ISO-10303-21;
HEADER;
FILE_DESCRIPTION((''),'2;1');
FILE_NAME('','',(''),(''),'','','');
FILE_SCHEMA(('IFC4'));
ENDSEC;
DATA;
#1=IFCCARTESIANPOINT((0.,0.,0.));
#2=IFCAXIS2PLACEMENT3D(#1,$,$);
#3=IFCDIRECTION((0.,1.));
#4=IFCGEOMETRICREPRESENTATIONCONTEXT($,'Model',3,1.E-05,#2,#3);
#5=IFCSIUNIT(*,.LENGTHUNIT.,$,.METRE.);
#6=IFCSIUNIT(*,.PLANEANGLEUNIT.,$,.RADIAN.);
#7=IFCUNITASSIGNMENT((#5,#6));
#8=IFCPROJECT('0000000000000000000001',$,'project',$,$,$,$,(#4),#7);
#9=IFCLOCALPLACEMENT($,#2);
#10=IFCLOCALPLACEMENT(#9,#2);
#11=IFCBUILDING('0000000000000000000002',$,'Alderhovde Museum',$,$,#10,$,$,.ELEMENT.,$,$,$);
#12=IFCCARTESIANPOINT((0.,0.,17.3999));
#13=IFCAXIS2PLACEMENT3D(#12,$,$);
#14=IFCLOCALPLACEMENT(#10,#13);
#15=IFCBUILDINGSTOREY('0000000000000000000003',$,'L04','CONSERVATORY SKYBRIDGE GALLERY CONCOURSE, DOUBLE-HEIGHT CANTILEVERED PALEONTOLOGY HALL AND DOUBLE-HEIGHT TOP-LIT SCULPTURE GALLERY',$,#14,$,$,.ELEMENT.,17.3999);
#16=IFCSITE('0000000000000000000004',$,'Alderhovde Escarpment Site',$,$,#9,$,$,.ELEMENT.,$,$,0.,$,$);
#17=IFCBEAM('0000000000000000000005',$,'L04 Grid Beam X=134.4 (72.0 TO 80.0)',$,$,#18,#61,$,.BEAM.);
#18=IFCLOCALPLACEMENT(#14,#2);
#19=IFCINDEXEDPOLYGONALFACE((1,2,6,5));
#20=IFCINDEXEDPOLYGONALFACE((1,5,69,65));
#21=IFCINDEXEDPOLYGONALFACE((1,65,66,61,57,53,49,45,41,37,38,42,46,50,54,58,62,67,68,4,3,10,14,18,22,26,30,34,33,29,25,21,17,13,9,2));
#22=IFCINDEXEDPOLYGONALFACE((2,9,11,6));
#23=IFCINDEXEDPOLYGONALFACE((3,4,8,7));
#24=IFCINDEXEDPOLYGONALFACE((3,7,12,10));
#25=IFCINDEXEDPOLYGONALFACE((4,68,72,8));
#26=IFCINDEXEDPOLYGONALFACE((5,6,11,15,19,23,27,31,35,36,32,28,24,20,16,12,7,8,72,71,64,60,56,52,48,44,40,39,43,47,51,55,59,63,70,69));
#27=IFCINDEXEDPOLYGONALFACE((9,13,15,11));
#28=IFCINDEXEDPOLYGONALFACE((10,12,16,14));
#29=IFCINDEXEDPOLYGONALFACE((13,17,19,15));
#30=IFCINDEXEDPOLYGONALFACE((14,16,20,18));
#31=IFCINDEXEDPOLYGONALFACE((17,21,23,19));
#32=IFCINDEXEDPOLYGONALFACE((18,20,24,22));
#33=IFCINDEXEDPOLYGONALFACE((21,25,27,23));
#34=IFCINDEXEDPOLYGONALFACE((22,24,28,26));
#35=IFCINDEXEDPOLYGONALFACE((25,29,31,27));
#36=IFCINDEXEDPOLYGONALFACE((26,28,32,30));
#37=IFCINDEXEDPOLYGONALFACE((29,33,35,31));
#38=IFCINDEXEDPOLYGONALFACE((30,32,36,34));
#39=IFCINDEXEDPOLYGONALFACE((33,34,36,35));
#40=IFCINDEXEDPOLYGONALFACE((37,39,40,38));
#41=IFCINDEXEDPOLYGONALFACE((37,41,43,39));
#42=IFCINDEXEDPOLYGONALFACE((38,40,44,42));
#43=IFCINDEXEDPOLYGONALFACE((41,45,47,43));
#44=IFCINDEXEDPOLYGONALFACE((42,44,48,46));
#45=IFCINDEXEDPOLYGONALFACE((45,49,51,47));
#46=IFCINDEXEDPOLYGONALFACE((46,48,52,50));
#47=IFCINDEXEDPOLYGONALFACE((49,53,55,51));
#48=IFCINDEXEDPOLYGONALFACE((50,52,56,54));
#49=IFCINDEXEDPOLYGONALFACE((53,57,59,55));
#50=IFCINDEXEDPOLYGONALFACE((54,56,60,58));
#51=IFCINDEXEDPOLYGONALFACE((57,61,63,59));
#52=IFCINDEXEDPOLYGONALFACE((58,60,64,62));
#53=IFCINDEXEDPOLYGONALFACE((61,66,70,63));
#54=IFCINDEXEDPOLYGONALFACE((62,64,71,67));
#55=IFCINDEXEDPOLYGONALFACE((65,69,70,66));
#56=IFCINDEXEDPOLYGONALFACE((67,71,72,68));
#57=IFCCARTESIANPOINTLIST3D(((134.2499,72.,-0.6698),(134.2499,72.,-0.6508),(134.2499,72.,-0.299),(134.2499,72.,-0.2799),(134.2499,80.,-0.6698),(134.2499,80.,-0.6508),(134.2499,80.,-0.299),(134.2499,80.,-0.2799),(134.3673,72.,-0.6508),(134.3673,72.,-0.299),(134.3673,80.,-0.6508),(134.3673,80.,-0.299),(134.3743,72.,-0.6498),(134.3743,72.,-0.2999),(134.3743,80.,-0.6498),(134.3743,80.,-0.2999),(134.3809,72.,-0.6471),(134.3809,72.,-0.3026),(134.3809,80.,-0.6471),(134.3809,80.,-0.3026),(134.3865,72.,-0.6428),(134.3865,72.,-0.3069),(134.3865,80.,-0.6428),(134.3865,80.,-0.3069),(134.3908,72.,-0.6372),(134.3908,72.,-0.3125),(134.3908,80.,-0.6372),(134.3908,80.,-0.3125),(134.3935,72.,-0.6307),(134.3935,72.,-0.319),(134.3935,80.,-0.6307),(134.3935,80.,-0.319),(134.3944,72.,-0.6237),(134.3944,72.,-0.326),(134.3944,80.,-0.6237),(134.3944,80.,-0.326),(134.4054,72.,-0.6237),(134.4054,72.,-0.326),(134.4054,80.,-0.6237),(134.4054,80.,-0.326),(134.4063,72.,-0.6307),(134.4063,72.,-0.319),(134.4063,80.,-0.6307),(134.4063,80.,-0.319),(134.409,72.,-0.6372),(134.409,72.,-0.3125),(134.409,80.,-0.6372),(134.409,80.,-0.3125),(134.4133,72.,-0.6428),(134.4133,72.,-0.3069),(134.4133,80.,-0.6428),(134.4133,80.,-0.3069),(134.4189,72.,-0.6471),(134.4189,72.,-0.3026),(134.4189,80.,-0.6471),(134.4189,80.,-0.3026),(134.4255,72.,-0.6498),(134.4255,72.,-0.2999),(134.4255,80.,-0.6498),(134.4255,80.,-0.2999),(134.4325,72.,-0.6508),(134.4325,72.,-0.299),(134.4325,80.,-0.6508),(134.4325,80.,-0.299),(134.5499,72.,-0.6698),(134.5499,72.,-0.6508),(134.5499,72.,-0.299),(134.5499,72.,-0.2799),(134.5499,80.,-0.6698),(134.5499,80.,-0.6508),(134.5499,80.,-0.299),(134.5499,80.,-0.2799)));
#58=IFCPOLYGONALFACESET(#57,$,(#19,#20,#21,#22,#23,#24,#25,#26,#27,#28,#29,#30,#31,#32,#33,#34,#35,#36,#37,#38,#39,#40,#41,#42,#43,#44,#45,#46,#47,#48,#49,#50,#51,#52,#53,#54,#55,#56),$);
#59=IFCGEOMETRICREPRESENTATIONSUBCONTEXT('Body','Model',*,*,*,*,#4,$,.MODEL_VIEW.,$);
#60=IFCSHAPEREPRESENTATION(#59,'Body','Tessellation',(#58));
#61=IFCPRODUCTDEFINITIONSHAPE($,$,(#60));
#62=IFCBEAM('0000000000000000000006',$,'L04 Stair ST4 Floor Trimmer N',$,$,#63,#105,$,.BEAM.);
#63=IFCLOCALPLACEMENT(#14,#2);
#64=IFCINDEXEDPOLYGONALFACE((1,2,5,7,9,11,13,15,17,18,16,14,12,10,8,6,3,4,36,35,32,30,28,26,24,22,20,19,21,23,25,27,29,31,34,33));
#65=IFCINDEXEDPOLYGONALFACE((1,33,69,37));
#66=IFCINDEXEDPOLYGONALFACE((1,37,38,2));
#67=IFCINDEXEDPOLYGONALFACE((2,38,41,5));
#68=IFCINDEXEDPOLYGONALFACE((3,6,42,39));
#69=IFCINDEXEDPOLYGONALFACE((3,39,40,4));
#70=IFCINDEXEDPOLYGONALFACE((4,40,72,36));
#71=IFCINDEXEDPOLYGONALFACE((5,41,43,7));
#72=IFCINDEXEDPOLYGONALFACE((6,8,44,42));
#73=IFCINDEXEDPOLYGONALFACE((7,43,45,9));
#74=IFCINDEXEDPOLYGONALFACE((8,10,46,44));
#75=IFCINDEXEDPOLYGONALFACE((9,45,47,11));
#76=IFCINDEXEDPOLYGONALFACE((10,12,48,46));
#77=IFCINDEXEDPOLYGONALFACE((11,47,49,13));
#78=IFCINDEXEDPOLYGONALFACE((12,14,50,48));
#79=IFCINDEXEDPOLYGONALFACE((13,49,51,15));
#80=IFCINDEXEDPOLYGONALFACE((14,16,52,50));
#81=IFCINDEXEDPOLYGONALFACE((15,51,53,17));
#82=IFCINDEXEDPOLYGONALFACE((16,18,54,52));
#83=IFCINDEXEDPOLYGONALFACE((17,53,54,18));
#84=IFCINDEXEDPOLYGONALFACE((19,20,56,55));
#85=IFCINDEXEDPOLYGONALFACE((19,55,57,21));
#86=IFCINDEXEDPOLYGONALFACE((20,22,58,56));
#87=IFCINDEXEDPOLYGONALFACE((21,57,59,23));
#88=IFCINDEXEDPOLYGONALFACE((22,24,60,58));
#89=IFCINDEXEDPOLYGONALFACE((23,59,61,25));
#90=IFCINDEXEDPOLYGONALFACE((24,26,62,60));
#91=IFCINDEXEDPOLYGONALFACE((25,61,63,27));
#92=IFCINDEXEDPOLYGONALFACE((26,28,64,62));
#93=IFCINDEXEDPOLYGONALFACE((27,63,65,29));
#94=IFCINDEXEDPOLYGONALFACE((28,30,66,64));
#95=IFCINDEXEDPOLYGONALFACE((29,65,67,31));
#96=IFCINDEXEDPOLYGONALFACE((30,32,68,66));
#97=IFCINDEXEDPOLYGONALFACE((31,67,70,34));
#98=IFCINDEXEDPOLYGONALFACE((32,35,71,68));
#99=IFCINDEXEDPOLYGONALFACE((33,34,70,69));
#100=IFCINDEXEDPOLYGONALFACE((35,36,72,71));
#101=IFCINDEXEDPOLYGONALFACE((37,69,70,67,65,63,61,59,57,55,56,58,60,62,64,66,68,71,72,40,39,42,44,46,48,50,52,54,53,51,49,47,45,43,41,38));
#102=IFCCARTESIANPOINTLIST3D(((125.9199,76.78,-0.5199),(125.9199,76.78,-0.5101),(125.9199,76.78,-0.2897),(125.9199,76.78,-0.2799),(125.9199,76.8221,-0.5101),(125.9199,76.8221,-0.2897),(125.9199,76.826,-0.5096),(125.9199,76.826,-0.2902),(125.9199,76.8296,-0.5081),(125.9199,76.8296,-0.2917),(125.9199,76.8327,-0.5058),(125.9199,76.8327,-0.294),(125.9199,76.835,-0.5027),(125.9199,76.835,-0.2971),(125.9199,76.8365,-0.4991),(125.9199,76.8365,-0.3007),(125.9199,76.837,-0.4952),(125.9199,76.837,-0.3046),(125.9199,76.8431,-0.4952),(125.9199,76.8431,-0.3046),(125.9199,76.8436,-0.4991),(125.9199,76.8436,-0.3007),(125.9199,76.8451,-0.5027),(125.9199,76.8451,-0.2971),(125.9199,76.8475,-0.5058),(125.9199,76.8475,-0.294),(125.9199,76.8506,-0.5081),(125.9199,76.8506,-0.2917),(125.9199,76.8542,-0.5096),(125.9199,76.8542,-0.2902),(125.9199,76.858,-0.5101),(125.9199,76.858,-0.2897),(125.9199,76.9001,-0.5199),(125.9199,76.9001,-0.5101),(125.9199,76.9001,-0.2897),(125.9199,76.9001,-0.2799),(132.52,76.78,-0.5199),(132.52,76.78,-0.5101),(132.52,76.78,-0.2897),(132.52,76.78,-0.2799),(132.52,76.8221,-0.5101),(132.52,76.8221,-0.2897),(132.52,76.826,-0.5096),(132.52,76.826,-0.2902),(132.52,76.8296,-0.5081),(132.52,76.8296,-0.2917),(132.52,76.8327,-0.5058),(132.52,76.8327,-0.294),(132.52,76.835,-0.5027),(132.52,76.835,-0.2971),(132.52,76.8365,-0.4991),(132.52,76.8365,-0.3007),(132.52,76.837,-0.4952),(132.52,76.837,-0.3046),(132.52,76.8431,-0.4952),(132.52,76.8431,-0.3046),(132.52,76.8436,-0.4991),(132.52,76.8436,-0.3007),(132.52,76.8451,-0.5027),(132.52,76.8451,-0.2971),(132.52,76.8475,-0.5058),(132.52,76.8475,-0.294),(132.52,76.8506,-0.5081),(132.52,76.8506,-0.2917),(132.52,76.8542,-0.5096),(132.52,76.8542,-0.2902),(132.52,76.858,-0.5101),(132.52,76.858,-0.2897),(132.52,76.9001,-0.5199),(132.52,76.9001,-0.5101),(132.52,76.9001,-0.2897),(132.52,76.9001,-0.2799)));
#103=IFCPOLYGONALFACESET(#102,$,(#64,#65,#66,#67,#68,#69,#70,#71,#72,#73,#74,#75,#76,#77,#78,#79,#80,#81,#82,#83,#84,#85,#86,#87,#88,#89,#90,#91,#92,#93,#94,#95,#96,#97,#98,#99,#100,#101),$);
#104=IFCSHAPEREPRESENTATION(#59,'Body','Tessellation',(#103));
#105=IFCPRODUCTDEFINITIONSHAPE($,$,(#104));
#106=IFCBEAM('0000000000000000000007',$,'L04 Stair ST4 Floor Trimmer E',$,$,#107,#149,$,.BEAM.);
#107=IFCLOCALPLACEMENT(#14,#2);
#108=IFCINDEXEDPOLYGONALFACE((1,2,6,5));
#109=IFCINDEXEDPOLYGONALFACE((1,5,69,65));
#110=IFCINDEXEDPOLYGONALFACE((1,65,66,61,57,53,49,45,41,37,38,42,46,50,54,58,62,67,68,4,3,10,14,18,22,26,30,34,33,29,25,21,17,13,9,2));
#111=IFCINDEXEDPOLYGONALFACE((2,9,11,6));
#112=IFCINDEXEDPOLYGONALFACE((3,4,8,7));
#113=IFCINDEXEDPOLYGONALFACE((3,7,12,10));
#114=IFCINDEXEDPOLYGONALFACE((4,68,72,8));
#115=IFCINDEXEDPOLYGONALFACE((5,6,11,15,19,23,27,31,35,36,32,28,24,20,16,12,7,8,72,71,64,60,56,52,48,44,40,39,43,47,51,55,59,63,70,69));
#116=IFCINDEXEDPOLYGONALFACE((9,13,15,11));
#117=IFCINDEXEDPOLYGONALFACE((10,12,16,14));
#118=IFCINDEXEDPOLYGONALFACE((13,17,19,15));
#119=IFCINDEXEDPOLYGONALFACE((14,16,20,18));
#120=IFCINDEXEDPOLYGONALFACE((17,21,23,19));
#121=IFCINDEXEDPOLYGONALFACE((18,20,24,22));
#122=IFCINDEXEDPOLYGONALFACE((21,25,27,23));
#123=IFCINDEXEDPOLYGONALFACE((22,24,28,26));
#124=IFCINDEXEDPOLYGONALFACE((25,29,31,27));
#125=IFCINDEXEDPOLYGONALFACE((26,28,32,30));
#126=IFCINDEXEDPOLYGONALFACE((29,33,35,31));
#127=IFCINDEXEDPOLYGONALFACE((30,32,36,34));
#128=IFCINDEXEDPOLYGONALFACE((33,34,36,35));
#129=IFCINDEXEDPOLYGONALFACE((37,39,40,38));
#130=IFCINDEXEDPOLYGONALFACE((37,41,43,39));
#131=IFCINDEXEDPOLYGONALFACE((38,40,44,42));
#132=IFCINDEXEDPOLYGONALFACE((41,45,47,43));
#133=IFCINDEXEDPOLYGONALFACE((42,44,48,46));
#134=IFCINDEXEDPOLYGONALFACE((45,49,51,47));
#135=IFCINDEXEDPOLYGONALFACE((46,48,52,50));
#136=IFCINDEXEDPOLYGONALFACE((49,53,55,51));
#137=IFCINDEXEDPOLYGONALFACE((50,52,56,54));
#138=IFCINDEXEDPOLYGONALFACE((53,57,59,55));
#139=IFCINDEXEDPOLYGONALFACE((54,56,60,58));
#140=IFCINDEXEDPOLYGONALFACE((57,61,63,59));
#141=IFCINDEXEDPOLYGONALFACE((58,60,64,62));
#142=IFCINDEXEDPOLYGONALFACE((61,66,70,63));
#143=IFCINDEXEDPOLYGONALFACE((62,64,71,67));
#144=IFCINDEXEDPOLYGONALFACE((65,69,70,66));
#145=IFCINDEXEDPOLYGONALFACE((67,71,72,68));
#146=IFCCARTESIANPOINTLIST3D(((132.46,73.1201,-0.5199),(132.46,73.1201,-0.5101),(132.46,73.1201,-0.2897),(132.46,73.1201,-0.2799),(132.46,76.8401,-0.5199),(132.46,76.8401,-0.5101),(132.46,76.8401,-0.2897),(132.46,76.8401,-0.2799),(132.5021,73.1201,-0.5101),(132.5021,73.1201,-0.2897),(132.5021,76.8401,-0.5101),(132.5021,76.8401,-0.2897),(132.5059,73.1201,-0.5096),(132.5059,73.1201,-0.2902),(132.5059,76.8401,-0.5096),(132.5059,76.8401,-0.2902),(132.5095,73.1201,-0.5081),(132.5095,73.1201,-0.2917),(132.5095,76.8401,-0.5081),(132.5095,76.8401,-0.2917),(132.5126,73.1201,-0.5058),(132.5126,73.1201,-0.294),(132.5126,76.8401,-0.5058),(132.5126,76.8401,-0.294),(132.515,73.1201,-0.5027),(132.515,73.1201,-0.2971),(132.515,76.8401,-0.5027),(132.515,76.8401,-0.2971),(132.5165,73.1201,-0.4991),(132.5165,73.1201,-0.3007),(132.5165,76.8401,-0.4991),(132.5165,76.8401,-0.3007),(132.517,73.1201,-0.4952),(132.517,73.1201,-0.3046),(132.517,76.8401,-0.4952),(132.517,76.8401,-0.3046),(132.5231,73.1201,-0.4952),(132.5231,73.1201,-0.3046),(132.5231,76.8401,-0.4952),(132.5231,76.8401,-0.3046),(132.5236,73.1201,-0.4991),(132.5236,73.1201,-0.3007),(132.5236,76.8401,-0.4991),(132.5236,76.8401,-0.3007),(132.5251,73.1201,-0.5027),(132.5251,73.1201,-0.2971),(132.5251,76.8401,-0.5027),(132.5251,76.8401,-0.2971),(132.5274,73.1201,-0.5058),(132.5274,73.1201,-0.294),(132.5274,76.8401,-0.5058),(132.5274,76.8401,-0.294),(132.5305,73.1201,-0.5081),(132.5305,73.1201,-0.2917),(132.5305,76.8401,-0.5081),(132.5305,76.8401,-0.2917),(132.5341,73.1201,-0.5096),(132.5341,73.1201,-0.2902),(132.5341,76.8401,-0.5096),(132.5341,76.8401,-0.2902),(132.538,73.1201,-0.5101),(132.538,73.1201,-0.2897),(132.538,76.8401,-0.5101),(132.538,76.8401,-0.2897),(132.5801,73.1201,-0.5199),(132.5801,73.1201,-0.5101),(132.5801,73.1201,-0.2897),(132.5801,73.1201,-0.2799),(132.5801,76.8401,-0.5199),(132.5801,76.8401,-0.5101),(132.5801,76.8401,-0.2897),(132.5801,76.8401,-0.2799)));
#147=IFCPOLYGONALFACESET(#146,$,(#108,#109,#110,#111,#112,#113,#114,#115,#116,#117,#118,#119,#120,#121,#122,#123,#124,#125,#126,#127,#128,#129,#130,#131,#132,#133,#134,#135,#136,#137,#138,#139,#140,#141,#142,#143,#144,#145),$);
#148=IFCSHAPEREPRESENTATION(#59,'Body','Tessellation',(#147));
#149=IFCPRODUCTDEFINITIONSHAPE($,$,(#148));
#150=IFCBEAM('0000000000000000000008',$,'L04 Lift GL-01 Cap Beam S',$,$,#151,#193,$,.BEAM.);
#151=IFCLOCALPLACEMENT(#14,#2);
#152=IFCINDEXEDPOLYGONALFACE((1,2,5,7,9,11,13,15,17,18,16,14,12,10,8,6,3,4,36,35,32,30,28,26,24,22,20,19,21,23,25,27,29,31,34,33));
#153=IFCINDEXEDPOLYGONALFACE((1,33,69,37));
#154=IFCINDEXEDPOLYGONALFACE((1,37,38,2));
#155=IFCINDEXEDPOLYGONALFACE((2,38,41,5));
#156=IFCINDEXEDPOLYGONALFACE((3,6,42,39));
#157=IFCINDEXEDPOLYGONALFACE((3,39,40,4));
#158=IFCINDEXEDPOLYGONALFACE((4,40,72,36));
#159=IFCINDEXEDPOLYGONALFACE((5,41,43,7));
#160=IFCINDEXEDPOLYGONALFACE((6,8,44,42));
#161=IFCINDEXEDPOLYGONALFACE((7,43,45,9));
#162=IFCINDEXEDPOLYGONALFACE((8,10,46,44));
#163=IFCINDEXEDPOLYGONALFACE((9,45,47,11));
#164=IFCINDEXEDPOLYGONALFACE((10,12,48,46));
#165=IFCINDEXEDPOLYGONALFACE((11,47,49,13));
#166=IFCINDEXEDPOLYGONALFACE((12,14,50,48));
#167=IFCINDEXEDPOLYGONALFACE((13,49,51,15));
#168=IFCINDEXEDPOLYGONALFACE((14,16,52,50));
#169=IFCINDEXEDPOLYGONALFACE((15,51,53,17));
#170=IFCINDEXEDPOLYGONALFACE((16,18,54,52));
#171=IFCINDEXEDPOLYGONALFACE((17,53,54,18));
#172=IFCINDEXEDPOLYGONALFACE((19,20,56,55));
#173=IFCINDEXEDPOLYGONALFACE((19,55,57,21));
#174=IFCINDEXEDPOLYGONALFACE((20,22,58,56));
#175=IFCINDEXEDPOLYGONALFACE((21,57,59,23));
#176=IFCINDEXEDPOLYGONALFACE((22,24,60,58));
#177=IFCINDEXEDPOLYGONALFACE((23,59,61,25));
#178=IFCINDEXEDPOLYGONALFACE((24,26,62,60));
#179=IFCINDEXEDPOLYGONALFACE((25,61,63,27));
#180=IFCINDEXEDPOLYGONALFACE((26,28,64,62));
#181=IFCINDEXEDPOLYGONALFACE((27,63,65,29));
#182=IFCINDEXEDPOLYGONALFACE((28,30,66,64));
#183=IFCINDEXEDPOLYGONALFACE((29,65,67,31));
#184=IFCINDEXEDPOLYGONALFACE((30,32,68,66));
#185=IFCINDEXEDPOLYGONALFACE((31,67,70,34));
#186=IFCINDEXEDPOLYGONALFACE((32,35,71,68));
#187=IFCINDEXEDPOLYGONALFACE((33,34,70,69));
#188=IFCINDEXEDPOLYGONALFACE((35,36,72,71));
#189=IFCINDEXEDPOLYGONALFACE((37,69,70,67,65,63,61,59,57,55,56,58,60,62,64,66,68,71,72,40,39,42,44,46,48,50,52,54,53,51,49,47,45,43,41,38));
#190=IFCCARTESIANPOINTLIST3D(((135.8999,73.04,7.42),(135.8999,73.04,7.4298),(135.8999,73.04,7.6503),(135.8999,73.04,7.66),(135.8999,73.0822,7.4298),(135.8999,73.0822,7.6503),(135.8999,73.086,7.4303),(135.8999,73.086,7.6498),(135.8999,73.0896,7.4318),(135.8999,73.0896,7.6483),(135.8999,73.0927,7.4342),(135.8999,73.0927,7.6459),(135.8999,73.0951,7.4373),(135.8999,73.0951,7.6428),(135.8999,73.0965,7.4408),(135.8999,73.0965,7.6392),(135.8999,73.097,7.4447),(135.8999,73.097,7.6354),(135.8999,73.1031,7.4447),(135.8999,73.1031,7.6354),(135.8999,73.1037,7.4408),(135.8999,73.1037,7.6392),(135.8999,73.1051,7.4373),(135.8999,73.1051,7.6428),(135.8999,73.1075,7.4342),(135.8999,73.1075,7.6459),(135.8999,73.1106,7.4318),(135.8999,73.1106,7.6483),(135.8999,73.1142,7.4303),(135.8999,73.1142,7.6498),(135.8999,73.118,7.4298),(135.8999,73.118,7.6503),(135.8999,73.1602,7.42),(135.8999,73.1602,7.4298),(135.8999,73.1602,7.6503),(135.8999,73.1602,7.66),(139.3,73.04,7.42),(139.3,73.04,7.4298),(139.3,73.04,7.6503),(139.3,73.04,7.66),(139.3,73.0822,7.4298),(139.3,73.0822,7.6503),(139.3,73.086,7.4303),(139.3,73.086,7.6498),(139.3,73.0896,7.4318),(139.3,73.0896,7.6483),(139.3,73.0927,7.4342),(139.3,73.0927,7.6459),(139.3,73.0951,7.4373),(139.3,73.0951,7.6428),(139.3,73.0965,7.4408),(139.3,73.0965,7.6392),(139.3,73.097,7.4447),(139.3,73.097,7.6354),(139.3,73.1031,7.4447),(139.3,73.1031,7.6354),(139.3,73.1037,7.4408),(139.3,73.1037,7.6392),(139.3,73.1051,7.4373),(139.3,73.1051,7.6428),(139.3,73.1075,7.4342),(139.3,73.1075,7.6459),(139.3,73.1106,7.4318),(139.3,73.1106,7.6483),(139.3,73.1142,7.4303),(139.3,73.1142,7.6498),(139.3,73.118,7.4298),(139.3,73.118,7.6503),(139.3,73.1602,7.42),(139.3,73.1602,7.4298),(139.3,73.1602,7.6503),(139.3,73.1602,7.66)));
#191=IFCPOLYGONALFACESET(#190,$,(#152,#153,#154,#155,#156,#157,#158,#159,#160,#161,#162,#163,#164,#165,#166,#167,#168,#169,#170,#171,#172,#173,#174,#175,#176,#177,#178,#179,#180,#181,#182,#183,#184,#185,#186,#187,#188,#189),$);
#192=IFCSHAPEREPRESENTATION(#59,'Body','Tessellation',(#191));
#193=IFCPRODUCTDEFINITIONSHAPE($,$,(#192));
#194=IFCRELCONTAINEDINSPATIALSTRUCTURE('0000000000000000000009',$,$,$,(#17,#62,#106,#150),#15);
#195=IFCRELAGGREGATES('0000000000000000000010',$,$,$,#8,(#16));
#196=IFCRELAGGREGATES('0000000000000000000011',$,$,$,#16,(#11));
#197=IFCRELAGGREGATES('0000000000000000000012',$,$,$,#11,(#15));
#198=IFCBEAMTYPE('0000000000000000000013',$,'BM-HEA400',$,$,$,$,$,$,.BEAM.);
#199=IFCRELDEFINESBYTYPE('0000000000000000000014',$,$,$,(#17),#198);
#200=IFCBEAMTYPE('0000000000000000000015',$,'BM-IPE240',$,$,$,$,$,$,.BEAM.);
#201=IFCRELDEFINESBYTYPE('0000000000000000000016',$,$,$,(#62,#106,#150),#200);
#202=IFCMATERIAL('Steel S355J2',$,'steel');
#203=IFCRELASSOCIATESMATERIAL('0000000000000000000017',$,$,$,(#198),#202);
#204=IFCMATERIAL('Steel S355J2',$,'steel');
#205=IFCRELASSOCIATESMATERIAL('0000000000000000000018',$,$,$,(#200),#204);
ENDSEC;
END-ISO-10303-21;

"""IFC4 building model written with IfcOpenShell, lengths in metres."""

from ifc_helpers import new_model, si_unit, direction, frame, origin, origin_2d, place, context, subcontext, project, spatial, i_section, extrude, material, material_profile, profile_set, type_object, element, save


model = new_model("IFC4")

# Units and contexts
model_context = context("Model", 3, precision=1e-05, world=origin(), true_north=direction((0.0, 1.0)))
body_context = subcontext(model_context, "Body", "Model", "MODEL_VIEW")
ifc_project = project(units=[si_unit("LENGTHUNIT", "METRE"), si_unit("PLANEANGLEUNIT", "RADIAN")], contexts=[model_context])

# Site, building, storey
site_placement = place(None, origin())
site = spatial("IfcSite", under=ifc_project, at=site_placement, Name="Alderhovde Escarpment Site", CompositionType="ELEMENT", RefElevation=0.0)
building_placement = place(site_placement, origin())
building = spatial("IfcBuilding", under=site, at=building_placement, Name="Alderhovde Museum", CompositionType="ELEMENT")
storey_placement = place(building_placement, frame((0.0, 0.0, 17.3999)))
storey = spatial("IfcBuildingStorey", under=building, at=storey_placement, Name="L04", Description="CONSERVATORY SKYBRIDGE GALLERY CONCOURSE, DOUBLE-HEIGHT CANTILEVERED PALEONTOLOGY HALL AND DOUBLE-HEIGHT TOP-LIT SCULPTURE GALLERY", CompositionType="ELEMENT", Elevation=17.3999)

# Beams
ifc_material_1 = material(Name="Steel S355J2", Category="steel")
ifc_material_profile_1 = material_profile(ifc_material_1, i_section(OverallWidth=0.3, OverallDepth=0.3899, WebThickness=0.011, FlangeThickness=0.019, FilletRadius=0.0271, at=origin_2d()), Name="HEA 400")
ifc_profile_set_1 = profile_set([ifc_material_profile_1], Name="Steel S355J2")
beam_type_1 = type_object("IfcBeamType", Name="BM-HEA400", PredefinedType="BEAM", material=ifc_profile_set_1)
beam_1_placement = place(storey_placement, frame((134.3999, 72.0, -0.4749), z_axis=(0.0, 1.0, 0.0), x_axis=(-1.0, 0.0, 0.0)))
element("IfcBeam", 1, at=beam_1_placement, inside=storey, type_object=beam_type_1, Name="L04 Grid Beam X=134.4 (72.0 TO 80.0)", PredefinedType="BEAM", context=body_context, shape_type="SweptSolid", body=[
    extrude(i_section(OverallWidth=0.3, OverallDepth=0.3899, WebThickness=0.011, FlangeThickness=0.019, FilletRadius=0.0271, at=origin_2d()), origin(), (0.0, 0.0, 1.0), 8.0),
])
ifc_material_2 = material(Name="Steel S355J2", Category="steel")
ifc_material_profile_2 = material_profile(ifc_material_2, i_section(OverallWidth=0.1201, OverallDepth=0.24, WebThickness=0.0061, FlangeThickness=0.0098, FilletRadius=0.0149, at=origin_2d()), Name="IPE 240")
ifc_profile_set_2 = profile_set([ifc_material_profile_2], Name="Steel S355J2")
beam_type_2 = type_object("IfcBeamType", Name="BM-IPE240", PredefinedType="BEAM", material=ifc_profile_set_2)
beam_2_placement = place(storey_placement, frame((125.9199, 76.8401, -0.3999), z_axis=(1.0, 0.0, 0.0), x_axis=(0.0, 1.0, 0.0)))
element("IfcBeam", 2, at=beam_2_placement, inside=storey, type_object=beam_type_2, Name="L04 Stair ST4 Floor Trimmer N", PredefinedType="BEAM", context=body_context, shape_type="SweptSolid", body=[
    extrude(i_section(OverallWidth=0.1201, OverallDepth=0.24, WebThickness=0.0061, FlangeThickness=0.0098, FilletRadius=0.0149, at=origin_2d()), origin(), (0.0, 0.0, 1.0), 6.6001),
])
beam_3_placement = place(storey_placement, frame((132.52, 73.1201, -0.3999), z_axis=(0.0, 1.0, 0.0), x_axis=(-1.0, 0.0, 0.0)))
element("IfcBeam", 3, at=beam_3_placement, inside=storey, type_object=beam_type_2, Name="L04 Stair ST4 Floor Trimmer E", PredefinedType="BEAM", context=body_context, shape_type="SweptSolid", body=[
    extrude(i_section(OverallWidth=0.1201, OverallDepth=0.24, WebThickness=0.0061, FlangeThickness=0.0098, FilletRadius=0.0149, at=origin_2d()), origin(), (0.0, 0.0, 1.0), 3.72),
])
for number, where, z_axis, x_axis, name in (
    (4, (135.8999, 73.1001, 7.54), (1.0, 0.0, 0.0), (0.0, 1.0, 0.0), "L04 Lift GL-01 Cap Beam S"),
):
    element("IfcBeam", number, at=place(storey_placement, frame(where, z_axis=z_axis, x_axis=x_axis)), inside=storey, type_object=beam_type_2, Name=name, PredefinedType="BEAM", context=body_context, shape_type="SweptSolid", body=[
        extrude(i_section(OverallWidth=0.1201, OverallDepth=0.24, WebThickness=0.0061, FlangeThickness=0.0098, FilletRadius=0.0149, at=origin_2d()), origin(), (0.0, 0.0, 1.0), 3.4001),
    ])

save(model, "model.ifc")
